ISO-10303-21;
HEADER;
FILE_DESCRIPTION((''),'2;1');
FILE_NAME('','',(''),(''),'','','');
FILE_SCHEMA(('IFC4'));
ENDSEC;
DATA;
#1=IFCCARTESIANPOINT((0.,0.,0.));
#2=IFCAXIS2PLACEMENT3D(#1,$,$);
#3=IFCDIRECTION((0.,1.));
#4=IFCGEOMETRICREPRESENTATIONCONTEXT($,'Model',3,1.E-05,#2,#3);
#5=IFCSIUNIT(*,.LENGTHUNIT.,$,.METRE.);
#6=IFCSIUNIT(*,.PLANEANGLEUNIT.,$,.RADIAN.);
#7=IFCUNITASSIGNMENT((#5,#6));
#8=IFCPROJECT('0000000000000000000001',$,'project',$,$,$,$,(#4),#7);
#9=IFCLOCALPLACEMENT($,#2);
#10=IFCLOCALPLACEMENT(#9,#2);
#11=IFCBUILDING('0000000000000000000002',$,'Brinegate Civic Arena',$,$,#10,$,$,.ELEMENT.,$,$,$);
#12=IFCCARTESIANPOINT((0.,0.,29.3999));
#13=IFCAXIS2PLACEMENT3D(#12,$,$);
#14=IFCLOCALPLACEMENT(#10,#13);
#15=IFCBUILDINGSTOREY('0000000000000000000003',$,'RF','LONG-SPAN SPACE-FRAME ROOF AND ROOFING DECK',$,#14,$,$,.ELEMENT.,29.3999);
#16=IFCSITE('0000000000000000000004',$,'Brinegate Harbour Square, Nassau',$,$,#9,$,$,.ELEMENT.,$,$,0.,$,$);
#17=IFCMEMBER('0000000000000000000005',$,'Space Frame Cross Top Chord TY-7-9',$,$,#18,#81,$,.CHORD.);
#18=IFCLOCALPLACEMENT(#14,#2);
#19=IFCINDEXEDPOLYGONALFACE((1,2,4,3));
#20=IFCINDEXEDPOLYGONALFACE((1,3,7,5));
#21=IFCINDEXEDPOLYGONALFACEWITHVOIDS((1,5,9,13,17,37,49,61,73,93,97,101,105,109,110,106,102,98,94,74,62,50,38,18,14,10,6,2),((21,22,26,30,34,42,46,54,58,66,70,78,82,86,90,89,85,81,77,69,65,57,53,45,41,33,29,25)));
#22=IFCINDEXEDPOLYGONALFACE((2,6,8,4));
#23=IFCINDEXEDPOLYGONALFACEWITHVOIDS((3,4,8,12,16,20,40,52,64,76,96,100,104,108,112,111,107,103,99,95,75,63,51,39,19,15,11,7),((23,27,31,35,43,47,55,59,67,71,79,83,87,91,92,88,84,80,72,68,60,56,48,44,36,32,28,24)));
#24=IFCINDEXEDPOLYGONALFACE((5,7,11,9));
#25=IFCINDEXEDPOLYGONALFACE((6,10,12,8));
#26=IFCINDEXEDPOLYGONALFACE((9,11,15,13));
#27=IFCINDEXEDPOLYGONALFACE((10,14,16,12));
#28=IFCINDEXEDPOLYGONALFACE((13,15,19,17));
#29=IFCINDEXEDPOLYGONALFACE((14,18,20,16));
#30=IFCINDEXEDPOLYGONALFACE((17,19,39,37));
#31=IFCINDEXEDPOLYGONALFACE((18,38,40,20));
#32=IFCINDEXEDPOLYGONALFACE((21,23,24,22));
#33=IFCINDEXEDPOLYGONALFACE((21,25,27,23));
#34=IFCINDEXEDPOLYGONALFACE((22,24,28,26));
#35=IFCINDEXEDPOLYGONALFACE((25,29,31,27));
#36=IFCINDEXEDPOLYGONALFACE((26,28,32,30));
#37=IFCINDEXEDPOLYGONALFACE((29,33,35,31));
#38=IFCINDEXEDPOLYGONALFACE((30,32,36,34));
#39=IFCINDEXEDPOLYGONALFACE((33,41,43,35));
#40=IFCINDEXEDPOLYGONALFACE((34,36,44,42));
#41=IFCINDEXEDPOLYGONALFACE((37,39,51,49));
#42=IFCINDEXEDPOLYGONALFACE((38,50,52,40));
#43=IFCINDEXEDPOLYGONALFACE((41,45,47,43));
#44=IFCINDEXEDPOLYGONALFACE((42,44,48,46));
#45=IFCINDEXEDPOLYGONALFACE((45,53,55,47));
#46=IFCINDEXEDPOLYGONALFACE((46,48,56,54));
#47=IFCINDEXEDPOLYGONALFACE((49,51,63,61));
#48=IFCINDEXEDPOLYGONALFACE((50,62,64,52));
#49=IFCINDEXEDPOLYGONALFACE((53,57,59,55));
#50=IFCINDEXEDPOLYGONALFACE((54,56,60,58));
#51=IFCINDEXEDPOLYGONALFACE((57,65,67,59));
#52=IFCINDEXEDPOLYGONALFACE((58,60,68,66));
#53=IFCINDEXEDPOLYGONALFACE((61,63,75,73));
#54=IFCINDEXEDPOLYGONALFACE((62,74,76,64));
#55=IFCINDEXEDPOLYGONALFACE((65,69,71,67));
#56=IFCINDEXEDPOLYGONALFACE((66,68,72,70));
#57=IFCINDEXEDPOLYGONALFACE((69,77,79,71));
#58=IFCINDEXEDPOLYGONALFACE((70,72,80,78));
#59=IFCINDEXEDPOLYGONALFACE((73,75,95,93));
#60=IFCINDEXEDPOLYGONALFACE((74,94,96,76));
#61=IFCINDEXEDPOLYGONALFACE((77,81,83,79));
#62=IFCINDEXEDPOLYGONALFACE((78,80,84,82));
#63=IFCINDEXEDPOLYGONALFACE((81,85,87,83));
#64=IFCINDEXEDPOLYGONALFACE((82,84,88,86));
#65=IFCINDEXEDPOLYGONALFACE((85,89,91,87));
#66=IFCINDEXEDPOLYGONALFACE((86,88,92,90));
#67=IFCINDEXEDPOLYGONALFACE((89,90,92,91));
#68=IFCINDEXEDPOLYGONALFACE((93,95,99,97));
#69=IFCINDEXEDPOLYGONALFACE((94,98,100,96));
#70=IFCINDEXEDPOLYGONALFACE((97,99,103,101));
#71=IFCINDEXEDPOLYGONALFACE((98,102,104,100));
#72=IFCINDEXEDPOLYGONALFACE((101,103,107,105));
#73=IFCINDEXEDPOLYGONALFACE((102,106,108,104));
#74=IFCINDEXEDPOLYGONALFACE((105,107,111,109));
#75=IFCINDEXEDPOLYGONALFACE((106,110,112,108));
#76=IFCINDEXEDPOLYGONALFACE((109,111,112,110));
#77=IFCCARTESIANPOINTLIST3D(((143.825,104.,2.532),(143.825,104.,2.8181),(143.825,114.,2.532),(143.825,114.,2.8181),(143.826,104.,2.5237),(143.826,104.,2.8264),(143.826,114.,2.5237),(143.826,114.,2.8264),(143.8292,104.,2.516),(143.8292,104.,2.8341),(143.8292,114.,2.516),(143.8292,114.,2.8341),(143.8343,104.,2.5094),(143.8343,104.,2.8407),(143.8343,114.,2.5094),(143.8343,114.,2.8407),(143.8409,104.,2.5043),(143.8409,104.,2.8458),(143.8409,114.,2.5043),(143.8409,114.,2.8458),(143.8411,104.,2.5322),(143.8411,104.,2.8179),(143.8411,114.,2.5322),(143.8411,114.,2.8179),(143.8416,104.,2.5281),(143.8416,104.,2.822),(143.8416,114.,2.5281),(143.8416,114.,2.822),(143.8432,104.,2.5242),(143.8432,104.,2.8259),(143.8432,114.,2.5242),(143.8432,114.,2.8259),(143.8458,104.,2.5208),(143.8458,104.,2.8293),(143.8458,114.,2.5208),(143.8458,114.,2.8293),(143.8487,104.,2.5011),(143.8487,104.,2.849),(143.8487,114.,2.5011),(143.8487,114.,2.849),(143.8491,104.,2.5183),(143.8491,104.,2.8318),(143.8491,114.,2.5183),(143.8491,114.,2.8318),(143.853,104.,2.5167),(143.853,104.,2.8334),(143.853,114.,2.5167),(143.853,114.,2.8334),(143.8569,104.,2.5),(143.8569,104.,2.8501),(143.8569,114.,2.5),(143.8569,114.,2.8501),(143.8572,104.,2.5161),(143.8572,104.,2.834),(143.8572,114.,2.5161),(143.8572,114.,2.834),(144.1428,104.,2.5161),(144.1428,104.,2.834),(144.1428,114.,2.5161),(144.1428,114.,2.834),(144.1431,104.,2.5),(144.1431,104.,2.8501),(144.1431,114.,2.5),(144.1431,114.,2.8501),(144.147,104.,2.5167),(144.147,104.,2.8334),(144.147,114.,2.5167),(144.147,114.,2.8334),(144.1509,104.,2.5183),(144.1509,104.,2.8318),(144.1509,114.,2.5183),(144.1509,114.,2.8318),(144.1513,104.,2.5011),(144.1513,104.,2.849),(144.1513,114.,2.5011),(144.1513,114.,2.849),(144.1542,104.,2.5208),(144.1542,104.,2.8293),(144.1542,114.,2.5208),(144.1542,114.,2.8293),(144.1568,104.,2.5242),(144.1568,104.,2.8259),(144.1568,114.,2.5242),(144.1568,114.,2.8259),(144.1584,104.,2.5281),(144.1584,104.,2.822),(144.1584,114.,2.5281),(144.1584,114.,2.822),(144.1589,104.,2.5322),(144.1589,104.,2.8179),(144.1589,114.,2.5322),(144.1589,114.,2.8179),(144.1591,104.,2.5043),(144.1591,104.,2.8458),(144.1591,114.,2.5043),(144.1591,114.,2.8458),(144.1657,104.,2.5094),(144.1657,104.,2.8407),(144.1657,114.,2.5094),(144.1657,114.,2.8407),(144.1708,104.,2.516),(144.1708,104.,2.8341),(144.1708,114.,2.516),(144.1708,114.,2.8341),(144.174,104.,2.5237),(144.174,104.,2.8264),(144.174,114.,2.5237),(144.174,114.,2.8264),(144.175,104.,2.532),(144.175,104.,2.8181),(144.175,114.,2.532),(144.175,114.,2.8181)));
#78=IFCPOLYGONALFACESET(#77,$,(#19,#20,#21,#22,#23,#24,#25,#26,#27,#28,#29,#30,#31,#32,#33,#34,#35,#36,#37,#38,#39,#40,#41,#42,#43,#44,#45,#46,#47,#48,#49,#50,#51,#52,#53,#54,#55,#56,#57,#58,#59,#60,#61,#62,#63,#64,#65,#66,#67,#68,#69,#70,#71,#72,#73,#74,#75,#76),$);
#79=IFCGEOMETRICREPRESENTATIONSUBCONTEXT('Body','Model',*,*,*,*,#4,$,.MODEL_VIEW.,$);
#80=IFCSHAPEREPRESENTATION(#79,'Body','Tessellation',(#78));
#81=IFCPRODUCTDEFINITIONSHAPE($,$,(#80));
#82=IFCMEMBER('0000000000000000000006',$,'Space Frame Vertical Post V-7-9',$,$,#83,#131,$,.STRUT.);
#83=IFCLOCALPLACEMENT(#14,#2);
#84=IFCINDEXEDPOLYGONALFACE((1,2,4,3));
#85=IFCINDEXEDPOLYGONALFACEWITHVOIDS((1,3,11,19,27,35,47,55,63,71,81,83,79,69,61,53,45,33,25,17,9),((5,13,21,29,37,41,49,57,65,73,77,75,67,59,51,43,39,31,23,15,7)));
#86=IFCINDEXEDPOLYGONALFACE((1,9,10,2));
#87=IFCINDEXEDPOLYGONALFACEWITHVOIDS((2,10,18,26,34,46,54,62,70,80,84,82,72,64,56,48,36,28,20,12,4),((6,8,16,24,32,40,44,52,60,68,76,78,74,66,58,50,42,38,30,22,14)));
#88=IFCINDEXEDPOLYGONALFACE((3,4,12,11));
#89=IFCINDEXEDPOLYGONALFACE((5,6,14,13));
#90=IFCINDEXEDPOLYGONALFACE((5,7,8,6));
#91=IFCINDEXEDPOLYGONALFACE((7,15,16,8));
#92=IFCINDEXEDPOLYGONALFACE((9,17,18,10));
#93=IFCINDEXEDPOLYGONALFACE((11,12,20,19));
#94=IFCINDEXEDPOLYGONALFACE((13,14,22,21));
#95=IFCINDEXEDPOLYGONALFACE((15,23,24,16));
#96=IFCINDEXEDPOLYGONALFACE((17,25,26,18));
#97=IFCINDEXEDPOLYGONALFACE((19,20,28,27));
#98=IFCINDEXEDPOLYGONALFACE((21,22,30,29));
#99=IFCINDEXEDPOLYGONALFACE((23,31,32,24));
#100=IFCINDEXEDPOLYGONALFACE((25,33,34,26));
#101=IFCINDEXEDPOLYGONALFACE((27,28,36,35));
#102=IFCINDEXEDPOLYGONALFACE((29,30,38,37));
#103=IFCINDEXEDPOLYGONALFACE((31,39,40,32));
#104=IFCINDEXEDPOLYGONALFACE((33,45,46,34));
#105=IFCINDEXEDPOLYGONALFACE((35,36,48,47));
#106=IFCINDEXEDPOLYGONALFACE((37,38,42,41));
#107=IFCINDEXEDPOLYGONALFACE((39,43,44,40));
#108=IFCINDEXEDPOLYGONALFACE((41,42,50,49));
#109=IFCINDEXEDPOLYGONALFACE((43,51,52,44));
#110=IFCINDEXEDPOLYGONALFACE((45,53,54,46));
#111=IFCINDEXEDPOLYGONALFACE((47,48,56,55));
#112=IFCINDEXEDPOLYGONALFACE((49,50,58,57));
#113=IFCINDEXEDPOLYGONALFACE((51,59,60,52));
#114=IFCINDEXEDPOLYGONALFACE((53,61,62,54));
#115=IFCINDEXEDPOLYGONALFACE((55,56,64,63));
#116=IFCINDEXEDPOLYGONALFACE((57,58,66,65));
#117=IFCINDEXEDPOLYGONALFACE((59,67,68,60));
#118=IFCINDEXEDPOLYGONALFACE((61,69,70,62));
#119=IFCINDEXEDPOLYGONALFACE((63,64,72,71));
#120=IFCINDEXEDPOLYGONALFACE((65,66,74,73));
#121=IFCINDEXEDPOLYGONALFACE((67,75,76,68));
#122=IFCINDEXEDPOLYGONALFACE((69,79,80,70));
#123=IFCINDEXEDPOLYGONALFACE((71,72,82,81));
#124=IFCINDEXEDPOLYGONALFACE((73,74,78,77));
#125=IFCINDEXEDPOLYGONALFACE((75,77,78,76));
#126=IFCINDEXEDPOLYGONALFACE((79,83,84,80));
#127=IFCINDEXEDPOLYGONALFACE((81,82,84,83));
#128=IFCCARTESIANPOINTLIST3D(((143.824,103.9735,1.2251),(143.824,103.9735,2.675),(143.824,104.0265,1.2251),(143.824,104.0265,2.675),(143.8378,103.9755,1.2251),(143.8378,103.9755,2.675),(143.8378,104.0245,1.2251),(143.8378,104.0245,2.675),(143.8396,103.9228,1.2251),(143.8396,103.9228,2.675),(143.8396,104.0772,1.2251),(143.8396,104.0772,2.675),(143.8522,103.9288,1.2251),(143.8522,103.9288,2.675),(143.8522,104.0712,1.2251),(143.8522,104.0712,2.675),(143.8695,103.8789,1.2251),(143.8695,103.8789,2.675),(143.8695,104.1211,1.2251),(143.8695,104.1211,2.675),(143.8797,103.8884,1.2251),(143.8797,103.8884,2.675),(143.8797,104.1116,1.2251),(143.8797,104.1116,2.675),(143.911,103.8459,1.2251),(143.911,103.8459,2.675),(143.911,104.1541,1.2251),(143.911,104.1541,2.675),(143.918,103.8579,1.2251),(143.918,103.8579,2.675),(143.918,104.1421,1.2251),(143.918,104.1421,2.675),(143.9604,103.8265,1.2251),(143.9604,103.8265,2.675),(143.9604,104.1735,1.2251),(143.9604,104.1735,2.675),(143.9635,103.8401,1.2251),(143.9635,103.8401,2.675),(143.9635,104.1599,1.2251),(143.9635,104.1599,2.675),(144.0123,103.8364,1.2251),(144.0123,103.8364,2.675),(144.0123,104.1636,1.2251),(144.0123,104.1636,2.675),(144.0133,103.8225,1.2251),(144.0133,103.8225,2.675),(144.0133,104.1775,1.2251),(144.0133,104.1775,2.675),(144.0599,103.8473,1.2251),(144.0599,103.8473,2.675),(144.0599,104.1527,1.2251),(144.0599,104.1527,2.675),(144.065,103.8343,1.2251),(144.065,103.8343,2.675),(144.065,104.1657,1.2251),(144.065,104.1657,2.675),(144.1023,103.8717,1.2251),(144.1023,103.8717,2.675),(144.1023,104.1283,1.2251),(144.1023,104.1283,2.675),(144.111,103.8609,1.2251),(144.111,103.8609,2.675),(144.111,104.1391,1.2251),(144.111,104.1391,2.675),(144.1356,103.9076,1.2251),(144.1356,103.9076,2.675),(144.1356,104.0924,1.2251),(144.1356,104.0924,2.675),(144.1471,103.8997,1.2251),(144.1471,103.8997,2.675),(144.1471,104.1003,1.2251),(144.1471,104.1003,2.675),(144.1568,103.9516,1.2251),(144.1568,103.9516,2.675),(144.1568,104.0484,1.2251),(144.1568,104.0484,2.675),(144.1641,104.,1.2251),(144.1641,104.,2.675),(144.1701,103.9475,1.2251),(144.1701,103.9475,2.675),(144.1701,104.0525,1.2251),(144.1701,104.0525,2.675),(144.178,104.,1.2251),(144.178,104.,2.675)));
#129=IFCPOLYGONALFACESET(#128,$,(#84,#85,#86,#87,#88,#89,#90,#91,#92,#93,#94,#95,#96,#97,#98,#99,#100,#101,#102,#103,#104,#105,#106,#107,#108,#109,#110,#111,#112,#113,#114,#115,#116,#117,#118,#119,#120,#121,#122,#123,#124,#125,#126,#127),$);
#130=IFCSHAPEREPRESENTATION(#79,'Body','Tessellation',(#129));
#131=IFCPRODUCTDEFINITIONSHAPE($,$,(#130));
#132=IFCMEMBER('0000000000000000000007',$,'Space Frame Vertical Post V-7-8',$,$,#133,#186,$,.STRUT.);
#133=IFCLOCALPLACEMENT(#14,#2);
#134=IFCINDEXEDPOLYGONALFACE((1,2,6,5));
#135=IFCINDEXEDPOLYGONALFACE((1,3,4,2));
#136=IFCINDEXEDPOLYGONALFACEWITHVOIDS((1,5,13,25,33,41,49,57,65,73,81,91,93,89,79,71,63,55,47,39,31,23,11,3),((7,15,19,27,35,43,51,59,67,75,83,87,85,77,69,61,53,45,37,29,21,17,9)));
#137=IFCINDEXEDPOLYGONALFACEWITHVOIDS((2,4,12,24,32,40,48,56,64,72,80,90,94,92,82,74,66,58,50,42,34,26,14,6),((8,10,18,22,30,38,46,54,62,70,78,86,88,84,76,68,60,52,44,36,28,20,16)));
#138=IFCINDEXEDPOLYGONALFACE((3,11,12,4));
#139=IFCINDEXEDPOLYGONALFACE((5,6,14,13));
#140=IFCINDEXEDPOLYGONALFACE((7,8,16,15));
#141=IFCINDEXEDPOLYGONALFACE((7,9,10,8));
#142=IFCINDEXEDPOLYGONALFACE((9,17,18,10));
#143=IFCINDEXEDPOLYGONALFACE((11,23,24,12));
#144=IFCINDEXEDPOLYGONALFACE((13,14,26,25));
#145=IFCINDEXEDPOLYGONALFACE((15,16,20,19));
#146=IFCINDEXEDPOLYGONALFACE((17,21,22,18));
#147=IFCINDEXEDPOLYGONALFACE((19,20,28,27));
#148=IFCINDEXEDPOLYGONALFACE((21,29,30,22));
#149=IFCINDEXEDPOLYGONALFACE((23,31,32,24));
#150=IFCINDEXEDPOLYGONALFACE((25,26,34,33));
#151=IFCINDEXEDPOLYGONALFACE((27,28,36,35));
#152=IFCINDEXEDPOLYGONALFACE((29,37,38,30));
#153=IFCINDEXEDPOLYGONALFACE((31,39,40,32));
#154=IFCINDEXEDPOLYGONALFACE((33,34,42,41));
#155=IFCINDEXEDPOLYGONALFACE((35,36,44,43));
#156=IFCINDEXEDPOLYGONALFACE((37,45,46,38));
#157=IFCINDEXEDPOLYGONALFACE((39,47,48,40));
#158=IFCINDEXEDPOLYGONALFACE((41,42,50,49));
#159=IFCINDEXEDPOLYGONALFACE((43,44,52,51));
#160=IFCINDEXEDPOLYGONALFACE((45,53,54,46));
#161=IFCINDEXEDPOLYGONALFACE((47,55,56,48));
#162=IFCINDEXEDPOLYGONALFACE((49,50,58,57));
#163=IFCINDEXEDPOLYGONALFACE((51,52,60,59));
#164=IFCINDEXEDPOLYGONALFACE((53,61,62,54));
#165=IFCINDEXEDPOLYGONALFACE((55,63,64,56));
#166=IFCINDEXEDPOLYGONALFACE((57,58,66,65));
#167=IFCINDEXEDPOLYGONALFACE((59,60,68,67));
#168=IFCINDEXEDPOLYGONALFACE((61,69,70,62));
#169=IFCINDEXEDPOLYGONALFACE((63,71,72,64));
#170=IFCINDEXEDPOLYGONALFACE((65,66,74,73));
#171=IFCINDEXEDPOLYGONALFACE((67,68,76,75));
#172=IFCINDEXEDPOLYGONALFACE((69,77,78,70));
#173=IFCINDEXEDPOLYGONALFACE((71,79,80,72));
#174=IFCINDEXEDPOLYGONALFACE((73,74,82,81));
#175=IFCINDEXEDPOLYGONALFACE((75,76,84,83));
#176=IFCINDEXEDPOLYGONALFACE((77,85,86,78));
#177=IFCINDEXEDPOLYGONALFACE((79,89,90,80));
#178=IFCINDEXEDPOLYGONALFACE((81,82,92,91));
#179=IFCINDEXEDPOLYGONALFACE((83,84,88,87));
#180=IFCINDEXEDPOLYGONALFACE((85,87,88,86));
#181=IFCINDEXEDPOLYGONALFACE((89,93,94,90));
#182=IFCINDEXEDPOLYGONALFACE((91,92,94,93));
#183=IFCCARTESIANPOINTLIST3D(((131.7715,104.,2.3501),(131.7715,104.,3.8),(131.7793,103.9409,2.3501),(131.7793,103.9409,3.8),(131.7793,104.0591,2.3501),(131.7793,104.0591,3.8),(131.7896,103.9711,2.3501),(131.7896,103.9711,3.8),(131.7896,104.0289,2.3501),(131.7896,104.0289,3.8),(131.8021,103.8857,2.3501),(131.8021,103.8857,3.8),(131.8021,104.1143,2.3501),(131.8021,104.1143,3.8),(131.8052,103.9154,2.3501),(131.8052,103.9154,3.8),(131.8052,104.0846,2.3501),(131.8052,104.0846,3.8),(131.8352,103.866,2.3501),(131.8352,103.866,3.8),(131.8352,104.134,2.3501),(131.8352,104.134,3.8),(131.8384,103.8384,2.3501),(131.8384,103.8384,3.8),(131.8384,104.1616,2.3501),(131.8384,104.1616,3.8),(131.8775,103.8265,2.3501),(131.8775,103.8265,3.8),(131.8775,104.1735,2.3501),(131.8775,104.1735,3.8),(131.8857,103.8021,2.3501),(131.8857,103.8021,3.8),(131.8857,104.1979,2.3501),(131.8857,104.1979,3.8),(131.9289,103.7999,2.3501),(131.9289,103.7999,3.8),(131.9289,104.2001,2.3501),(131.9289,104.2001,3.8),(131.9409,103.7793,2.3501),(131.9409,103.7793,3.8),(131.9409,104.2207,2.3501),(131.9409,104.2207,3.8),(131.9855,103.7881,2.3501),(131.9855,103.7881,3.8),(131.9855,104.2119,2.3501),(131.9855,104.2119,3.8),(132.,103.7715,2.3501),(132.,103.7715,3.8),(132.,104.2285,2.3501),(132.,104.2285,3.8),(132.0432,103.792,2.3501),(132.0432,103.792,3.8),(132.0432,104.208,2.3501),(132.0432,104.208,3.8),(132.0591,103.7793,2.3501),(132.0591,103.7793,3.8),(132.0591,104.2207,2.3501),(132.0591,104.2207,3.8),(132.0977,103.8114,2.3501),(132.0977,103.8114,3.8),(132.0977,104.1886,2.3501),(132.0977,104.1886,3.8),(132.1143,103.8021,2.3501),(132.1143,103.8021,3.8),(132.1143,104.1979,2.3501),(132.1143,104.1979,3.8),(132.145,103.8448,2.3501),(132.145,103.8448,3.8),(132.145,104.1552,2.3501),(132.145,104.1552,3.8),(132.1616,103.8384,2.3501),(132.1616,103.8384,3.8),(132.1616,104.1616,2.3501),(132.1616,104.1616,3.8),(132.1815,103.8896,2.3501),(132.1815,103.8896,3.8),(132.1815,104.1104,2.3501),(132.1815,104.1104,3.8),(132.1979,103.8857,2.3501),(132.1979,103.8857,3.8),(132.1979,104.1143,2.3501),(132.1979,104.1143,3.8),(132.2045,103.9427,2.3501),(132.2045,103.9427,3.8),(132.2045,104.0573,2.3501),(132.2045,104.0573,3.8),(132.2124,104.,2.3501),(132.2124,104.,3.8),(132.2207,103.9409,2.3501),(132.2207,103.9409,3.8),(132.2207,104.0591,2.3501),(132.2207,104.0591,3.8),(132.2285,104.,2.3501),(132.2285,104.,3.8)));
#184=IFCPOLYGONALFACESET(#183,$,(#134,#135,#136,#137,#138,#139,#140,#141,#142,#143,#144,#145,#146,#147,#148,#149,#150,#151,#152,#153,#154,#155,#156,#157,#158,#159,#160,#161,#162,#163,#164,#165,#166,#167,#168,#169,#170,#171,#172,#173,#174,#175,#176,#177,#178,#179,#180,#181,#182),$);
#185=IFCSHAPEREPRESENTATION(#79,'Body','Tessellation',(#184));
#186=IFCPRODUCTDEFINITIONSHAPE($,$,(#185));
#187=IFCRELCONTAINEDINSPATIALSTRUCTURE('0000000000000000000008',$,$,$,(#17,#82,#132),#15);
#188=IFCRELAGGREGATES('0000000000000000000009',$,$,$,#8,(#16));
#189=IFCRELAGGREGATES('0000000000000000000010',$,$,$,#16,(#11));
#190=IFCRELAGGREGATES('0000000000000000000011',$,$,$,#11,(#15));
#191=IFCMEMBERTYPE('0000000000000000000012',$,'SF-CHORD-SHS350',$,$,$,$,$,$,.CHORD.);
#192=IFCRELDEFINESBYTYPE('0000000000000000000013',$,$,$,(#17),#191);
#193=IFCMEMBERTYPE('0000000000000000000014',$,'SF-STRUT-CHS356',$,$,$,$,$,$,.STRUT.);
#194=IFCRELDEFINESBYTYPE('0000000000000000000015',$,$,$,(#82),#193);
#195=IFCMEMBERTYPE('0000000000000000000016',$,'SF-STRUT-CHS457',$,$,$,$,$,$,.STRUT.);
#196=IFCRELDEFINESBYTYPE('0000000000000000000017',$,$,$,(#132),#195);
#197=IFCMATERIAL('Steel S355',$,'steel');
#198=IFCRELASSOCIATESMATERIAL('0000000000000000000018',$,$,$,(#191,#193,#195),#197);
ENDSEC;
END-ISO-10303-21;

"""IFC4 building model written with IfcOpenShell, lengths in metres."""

from ifc_helpers import new_model, si_unit, direction, frame, origin, origin_2d, place, context, subcontext, project, spatial, hollow_rectangle, hollow_circle, extrude, material, material_profile, profile_set, type_object, element, save


model = new_model("IFC4")

# Units and contexts
model_context = context("Model", 3, precision=1e-05, world=origin(), true_north=direction((0.0, 1.0)))
body_context = subcontext(model_context, "Body", "Model", "MODEL_VIEW")
ifc_project = project(units=[si_unit("LENGTHUNIT", "METRE"), si_unit("PLANEANGLEUNIT", "RADIAN")], contexts=[model_context])

# Site, building, storey
site_placement = place(None, origin())
site = spatial("IfcSite", under=ifc_project, at=site_placement, Name="Brinegate Harbour Square, Nassau", CompositionType="ELEMENT", RefElevation=0.0)
building_placement = place(site_placement, origin())
building = spatial("IfcBuilding", under=site, at=building_placement, Name="Brinegate Civic Arena", CompositionType="ELEMENT")
storey_placement = place(building_placement, frame((0.0, 0.0, 29.3999)))
storey = spatial("IfcBuildingStorey", under=building, at=storey_placement, Name="RF", Description="LONG-SPAN SPACE-FRAME ROOF AND ROOFING DECK", CompositionType="ELEMENT", Elevation=29.3999)

# Shared definitions
ifc_material_1 = material(Name="Steel S355", Category="steel")

# Members
ifc_material_profile_1 = material_profile(ifc_material_1, hollow_rectangle(XDim=0.3501, YDim=0.3501, WallThickness=0.0161, InnerFilletRadius=0.0161, OuterFilletRadius=0.032, at=origin_2d()), Name="SHS350X16")
ifc_profile_set_1 = profile_set([ifc_material_profile_1], Name="Steel S355")
member_type_1 = type_object("IfcMemberType", Name="SF-CHORD-SHS350", PredefinedType="CHORD", material=ifc_profile_set_1)
for number, where, z_axis, x_axis, name in (
    (1, (144.0, 104.0, 2.675), (0.0, 1.0, 0.0), (-1.0, 0.0, 0.0), "Space Frame Cross Top Chord TY-7-9"),
):
    element("IfcMember", number, at=place(storey_placement, frame(where, z_axis=z_axis, x_axis=x_axis)), inside=storey, type_object=member_type_1, Name=name, PredefinedType="CHORD", context=body_context, shape_type="SweptSolid", body=[
        extrude(hollow_rectangle(XDim=0.3501, YDim=0.3501, WallThickness=0.0161, InnerFilletRadius=0.0161, OuterFilletRadius=0.032, at=origin_2d()), origin(), (0.0, 0.0, 1.0), 10.0),
    ])
ifc_material_profile_2 = material_profile(ifc_material_1, hollow_circle(Radius=0.178, WallThickness=0.0139, at=origin_2d()), Name="CHS356X14")
ifc_profile_set_2 = profile_set([ifc_material_profile_2], Name="Steel S355")
member_type_2 = type_object("IfcMemberType", Name="SF-STRUT-CHS356", PredefinedType="STRUT", material=ifc_profile_set_2)
member_1_placement = place(storey_placement, frame((144.0, 104.0, 1.2251), z_axis=(0.0, 0.0, 1.0), x_axis=(1.0, 0.0, 0.0)))
element("IfcMember", 2, at=member_1_placement, inside=storey, type_object=member_type_2, Name="Space Frame Vertical Post V-7-9", PredefinedType="STRUT", context=body_context, shape_type="SweptSolid", body=[
    extrude(hollow_circle(Radius=0.178, WallThickness=0.0139, at=origin_2d()), origin(), (0.0, 0.0, 1.0), 1.45),
])
ifc_material_profile_3 = material_profile(ifc_material_1, hollow_circle(Radius=0.2285, WallThickness=0.0161, at=origin_2d()), Name="CHS457X16")
ifc_profile_set_3 = profile_set([ifc_material_profile_3], Name="Steel S355")
member_type_3 = type_object("IfcMemberType", Name="SF-STRUT-CHS457", PredefinedType="STRUT", material=ifc_profile_set_3)
member_2_placement = place(storey_placement, frame((132.0, 104.0, 2.3501), z_axis=(0.0, 0.0, 1.0), x_axis=(1.0, 0.0, 0.0)))
element("IfcMember", 3, at=member_2_placement, inside=storey, type_object=member_type_3, Name="Space Frame Vertical Post V-7-8", PredefinedType="STRUT", context=body_context, shape_type="SweptSolid", body=[
    extrude(hollow_circle(Radius=0.2285, WallThickness=0.0161, at=origin_2d()), origin(), (0.0, 0.0, 1.0), 1.45),
])

save(model, "model.ifc")
